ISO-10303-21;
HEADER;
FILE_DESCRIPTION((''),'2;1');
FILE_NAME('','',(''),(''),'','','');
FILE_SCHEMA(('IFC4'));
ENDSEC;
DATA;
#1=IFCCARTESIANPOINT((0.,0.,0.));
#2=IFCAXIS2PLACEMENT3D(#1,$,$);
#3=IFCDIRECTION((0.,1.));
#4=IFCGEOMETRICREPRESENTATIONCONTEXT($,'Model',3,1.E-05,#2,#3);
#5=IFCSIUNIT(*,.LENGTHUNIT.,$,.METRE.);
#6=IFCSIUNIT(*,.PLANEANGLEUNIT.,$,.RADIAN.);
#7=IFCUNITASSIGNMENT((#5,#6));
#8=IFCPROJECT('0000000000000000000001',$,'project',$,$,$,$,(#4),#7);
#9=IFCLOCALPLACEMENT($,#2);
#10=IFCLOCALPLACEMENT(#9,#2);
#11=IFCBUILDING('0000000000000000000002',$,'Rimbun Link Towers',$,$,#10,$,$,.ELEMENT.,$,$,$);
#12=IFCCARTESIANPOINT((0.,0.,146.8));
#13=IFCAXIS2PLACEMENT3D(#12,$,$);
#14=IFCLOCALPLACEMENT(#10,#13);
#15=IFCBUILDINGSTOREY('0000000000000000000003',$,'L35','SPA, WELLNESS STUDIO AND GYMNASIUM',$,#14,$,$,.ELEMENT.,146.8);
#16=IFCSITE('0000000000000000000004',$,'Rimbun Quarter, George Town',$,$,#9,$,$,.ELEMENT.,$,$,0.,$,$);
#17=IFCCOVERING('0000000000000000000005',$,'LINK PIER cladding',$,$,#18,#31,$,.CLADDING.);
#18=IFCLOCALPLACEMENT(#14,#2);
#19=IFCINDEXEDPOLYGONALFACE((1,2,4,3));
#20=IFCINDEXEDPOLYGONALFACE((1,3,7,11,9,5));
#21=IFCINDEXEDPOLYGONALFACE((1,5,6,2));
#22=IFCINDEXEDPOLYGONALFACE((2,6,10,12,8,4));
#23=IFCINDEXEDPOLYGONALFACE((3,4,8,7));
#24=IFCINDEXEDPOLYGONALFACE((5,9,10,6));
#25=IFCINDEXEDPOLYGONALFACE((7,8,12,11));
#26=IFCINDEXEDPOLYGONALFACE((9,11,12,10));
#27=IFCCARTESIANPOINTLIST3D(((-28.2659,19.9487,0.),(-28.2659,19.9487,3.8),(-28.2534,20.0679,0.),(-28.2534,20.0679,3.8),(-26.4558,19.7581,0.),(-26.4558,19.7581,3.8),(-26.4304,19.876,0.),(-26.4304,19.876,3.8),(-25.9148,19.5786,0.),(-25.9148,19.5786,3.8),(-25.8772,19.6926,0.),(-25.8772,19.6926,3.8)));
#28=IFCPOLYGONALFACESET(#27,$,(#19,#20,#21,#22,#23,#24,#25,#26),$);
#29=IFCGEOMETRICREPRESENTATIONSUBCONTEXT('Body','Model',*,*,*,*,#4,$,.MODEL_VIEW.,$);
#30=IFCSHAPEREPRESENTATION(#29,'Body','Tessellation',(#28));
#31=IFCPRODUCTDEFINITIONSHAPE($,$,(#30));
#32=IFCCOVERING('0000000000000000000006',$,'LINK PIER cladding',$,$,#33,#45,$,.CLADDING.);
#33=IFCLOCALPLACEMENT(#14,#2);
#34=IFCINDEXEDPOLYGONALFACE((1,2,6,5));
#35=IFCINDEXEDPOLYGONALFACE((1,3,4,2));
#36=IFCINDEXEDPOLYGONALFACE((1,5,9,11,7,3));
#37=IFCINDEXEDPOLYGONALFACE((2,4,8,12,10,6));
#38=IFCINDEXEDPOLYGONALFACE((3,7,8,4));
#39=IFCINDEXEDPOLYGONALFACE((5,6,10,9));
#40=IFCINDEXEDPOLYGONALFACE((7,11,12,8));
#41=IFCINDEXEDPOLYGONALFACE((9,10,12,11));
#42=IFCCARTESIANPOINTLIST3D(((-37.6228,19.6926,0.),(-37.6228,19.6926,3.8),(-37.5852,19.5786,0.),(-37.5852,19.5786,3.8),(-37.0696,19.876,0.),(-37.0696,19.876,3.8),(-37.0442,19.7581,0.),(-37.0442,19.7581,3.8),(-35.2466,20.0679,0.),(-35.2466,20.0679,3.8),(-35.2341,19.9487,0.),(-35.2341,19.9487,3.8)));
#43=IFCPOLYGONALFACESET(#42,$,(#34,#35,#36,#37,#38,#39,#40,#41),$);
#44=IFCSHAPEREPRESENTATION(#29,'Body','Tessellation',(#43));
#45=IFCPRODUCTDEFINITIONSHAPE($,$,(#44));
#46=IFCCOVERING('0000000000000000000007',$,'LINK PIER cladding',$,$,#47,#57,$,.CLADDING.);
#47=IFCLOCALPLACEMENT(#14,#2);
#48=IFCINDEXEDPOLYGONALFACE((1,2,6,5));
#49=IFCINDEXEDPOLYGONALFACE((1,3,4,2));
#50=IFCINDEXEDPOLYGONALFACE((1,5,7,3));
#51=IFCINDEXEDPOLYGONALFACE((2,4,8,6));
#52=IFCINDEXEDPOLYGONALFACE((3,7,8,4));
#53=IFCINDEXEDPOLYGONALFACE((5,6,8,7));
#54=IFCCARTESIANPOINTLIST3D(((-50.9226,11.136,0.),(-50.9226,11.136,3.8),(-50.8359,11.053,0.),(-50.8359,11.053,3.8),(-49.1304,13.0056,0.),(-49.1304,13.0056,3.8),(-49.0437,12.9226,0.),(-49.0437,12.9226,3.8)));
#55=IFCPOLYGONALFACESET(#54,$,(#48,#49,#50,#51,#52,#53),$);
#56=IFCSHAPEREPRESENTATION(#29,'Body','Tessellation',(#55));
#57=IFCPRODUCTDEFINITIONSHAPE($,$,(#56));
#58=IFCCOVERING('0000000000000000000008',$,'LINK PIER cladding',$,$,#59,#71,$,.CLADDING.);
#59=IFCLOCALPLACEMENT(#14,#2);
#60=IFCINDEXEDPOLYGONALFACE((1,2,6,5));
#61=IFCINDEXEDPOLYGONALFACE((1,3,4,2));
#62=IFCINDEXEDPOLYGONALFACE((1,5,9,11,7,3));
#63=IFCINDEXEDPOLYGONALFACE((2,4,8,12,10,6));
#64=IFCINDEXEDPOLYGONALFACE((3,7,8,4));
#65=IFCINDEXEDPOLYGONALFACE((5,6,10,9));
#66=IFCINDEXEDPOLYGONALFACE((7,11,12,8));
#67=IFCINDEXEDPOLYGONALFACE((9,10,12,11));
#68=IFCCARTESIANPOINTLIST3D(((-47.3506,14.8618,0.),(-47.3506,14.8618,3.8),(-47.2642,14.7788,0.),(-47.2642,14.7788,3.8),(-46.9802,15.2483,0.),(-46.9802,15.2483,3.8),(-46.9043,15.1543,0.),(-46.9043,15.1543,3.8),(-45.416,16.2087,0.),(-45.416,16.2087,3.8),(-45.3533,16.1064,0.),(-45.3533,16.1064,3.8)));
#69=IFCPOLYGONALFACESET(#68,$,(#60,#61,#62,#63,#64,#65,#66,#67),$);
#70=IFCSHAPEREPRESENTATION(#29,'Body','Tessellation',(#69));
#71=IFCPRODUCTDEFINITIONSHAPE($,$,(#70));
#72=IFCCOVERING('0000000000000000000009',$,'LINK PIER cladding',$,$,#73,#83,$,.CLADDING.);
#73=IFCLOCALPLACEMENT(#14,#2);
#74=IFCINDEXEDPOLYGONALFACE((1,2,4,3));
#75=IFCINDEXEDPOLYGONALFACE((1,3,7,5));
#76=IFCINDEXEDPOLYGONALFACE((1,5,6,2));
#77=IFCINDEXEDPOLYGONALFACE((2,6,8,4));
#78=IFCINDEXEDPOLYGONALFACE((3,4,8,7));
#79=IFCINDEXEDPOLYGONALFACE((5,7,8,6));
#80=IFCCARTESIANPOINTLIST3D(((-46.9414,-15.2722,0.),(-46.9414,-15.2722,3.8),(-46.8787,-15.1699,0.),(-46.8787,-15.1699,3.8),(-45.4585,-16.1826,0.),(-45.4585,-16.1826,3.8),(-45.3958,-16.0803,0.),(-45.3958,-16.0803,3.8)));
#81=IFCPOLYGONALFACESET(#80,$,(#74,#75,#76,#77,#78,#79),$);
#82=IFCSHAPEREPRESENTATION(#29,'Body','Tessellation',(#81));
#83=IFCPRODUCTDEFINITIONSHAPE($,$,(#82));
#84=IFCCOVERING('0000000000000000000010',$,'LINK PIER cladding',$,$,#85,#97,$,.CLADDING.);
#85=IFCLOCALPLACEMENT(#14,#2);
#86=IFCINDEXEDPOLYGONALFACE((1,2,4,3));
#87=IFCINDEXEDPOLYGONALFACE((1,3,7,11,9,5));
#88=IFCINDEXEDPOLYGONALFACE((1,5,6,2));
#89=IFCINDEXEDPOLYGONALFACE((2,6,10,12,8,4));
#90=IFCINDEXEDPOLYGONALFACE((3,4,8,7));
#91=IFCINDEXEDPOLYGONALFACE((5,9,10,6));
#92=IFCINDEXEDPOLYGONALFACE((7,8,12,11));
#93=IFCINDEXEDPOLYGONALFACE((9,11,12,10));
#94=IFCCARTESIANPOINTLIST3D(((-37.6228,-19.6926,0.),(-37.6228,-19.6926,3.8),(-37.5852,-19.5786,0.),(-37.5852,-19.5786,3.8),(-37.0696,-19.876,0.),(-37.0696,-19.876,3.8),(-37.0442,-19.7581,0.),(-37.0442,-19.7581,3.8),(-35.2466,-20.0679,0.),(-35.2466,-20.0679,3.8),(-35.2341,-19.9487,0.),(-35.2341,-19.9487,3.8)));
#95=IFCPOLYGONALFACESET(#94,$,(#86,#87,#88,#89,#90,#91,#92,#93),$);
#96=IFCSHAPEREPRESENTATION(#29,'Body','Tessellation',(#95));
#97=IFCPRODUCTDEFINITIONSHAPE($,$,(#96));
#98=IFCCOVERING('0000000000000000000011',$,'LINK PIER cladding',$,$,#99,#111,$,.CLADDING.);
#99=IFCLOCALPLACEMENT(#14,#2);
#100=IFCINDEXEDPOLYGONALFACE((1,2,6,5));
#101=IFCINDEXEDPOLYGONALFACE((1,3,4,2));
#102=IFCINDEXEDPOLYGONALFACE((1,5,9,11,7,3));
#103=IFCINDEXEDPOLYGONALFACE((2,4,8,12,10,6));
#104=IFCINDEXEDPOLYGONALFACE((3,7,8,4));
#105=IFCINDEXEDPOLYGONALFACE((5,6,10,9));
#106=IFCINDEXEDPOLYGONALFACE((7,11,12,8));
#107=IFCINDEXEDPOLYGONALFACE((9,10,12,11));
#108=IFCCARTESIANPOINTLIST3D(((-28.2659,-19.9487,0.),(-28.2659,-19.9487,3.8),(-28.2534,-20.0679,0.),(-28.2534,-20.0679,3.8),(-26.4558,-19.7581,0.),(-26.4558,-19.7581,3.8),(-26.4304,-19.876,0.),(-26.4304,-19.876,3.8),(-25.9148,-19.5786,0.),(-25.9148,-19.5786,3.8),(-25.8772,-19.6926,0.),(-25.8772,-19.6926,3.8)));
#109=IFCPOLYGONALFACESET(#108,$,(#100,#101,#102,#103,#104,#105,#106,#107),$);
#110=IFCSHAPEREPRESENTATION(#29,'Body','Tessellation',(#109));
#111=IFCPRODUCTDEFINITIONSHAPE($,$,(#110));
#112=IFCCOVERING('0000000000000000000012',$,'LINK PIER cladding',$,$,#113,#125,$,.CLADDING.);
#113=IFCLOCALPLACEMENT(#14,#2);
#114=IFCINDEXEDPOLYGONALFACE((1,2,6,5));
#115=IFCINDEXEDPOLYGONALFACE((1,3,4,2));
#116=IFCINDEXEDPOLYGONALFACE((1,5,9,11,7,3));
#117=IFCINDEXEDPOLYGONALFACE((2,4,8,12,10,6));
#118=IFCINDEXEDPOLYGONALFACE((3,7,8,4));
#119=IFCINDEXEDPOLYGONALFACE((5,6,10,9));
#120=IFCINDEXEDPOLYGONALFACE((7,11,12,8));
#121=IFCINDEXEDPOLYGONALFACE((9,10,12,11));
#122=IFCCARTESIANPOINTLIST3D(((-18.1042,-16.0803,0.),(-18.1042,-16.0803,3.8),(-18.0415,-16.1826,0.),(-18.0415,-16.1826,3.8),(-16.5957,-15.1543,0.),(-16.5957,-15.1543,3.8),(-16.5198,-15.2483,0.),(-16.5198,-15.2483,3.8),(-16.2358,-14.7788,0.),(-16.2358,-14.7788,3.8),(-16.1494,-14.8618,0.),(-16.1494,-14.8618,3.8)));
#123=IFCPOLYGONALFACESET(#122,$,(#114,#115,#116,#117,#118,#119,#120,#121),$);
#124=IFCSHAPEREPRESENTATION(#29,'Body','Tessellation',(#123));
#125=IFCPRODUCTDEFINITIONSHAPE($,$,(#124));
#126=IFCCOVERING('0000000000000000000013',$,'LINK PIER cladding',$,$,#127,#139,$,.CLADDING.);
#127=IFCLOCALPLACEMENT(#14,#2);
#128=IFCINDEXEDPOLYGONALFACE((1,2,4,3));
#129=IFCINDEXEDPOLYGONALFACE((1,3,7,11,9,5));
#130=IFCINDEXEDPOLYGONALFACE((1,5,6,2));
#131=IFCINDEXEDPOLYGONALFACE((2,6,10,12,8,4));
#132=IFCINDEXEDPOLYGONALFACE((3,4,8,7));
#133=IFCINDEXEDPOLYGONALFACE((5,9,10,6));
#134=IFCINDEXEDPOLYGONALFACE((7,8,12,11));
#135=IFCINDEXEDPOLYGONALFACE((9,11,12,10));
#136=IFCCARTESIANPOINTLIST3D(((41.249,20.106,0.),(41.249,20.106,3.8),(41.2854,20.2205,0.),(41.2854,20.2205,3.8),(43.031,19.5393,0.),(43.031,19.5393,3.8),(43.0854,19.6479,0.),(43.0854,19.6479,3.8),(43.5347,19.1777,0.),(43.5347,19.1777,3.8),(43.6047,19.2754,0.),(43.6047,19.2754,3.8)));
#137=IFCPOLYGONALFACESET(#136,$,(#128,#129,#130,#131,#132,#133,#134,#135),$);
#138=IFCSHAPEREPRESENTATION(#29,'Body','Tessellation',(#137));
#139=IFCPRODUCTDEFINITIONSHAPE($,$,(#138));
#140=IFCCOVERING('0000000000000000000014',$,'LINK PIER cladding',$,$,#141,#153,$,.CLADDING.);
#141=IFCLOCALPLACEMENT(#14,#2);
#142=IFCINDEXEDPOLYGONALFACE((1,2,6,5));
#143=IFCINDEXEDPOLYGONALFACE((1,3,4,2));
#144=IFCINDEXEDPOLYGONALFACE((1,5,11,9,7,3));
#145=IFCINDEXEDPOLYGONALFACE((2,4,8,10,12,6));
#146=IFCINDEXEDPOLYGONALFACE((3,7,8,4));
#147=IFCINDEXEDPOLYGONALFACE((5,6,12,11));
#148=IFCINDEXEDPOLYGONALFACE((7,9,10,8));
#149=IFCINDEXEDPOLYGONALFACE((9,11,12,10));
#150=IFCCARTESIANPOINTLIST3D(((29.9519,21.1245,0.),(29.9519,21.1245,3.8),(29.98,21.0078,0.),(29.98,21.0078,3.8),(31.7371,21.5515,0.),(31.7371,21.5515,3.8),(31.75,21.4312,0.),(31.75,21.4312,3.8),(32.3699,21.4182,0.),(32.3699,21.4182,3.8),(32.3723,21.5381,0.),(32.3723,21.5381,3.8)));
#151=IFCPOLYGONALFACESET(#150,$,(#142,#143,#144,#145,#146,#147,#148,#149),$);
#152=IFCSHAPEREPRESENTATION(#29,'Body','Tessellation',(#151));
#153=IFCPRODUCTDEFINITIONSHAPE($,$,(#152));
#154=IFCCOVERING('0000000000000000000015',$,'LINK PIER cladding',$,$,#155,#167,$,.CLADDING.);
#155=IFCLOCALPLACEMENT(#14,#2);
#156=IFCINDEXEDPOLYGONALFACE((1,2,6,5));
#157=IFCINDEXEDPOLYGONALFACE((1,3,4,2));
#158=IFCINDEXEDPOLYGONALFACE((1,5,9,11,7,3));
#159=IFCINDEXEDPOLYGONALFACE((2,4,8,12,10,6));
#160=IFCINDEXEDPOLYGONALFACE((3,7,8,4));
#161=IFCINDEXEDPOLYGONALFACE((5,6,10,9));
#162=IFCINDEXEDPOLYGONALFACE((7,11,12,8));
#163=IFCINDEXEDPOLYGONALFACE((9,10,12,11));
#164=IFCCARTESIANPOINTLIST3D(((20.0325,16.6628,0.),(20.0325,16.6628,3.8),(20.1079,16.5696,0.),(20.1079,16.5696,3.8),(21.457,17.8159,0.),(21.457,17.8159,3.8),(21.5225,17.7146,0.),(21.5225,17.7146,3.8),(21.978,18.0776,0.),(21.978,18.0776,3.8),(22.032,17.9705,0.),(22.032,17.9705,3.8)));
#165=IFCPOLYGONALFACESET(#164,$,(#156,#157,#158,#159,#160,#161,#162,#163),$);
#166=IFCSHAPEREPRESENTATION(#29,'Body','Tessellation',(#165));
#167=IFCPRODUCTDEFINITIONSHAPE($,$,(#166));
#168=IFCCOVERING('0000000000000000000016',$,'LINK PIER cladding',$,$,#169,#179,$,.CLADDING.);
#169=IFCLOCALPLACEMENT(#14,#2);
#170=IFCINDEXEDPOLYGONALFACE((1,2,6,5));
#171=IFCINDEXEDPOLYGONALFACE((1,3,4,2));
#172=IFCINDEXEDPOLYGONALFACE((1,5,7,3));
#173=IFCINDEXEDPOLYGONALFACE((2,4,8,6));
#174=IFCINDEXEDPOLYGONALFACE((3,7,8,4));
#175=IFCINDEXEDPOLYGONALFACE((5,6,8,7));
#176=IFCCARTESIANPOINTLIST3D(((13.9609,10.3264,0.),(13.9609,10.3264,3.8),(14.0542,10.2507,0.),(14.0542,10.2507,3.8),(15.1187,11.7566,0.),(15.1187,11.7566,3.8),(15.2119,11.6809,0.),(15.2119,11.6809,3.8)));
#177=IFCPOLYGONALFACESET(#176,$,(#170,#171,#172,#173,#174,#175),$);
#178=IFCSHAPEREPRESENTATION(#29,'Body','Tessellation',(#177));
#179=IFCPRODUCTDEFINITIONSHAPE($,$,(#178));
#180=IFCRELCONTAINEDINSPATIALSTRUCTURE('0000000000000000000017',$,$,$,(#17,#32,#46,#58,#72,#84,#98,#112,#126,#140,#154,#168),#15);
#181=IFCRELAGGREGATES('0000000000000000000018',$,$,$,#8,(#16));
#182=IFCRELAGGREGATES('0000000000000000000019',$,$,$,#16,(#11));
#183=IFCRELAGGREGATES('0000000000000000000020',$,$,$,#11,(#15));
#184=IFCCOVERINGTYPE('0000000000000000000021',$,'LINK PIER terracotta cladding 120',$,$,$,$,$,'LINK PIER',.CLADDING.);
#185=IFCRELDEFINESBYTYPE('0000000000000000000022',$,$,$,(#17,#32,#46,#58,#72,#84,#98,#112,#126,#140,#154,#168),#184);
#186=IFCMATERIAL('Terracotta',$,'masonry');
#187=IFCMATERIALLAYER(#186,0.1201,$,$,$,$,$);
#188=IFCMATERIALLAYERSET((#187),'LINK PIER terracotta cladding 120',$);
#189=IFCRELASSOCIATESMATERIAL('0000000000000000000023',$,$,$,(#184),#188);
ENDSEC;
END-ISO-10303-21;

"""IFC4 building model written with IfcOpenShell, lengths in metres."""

from ifc_helpers import new_model, si_unit, direction, frame, origin, place, context, subcontext, project, spatial, polyline, outline, extrude, material, layer, layer_set, type_object, element, save


model = new_model("IFC4")

# Units and contexts
model_context = context("Model", 3, precision=1e-05, world=origin(), true_north=direction((0.0, 1.0)))
body_context = subcontext(model_context, "Body", "Model", "MODEL_VIEW")
ifc_project = project(units=[si_unit("LENGTHUNIT", "METRE"), si_unit("PLANEANGLEUNIT", "RADIAN")], contexts=[model_context])

# Site, building, storey
site_placement = place(None, origin())
site = spatial("IfcSite", under=ifc_project, at=site_placement, Name="Rimbun Quarter, George Town", CompositionType="ELEMENT", RefElevation=0.0)
building_placement = place(site_placement, origin())
building = spatial("IfcBuilding", under=site, at=building_placement, Name="Rimbun Link Towers", CompositionType="ELEMENT")
storey_placement = place(building_placement, frame((0.0, 0.0, 146.8)))
storey = spatial("IfcBuildingStorey", under=building, at=storey_placement, Name="L35", Description="SPA, WELLNESS STUDIO AND GYMNASIUM", CompositionType="ELEMENT", Elevation=146.8)

# Coverings
ifc_material_1 = material(Name="Terracotta", Category="masonry")
ifc_layer_1 = layer(ifc_material_1, 0.1201)
ifc_layer_set_1 = layer_set([ifc_layer_1], Name="LINK PIER terracotta cladding 120")
covering_type = type_object("IfcCoveringType", Name="LINK PIER terracotta cladding 120", ElementType="LINK PIER", PredefinedType="CLADDING", material=ifc_layer_set_1)
covering_1_placement = place(storey_placement, origin())
element("IfcCovering", 1, at=covering_1_placement, inside=storey, type_object=covering_type, Name="LINK PIER cladding", PredefinedType="CLADDING", context=body_context, shape_type="SweptSolid", body=[
    extrude(outline(polyline([(-28.2659, 19.9487), (-26.4558, 19.7581), (-25.9148, 19.5786), (-25.8772, 19.6926), (-26.4304, 19.876), (-28.2534, 20.0679), (-28.2659, 19.9487)])), origin(), (0.0, 0.0, 1.0), 3.8),
])
covering_2_placement = place(storey_placement, origin())
element("IfcCovering", 2, at=covering_2_placement, inside=storey, type_object=covering_type, Name="LINK PIER cladding", PredefinedType="CLADDING", context=body_context, shape_type="SweptSolid", body=[
    extrude(outline(polyline([(-37.5852, 19.5786), (-37.0442, 19.7581), (-35.2341, 19.9487), (-35.2466, 20.0679), (-37.0696, 19.876), (-37.6228, 19.6926), (-37.5852, 19.5786)])), origin(), (0.0, 0.0, 1.0), 3.8),
])
covering_3_placement = place(storey_placement, origin())
element("IfcCovering", 3, at=covering_3_placement, inside=storey, type_object=covering_type, Name="LINK PIER cladding", PredefinedType="CLADDING", context=body_context, shape_type="SweptSolid", body=[
    extrude(outline(polyline([(-50.8359, 11.053), (-49.0437, 12.9226), (-49.1304, 13.0056), (-50.9226, 11.136), (-50.8359, 11.053)])), origin(), (0.0, 0.0, 1.0), 3.8),
])
covering_4_placement = place(storey_placement, origin())
element("IfcCovering", 4, at=covering_4_placement, inside=storey, type_object=covering_type, Name="LINK PIER cladding", PredefinedType="CLADDING", context=body_context, shape_type="SweptSolid", body=[
    extrude(outline(polyline([(-47.2642, 14.7788), (-46.9043, 15.1543), (-45.3533, 16.1064), (-45.416, 16.2087), (-46.9802, 15.2483), (-47.3506, 14.8618), (-47.2642, 14.7788)])), origin(), (0.0, 0.0, 1.0), 3.8),
])
covering_5_placement = place(storey_placement, origin())
element("IfcCovering", 5, at=covering_5_placement, inside=storey, type_object=covering_type, Name="LINK PIER cladding", PredefinedType="CLADDING", context=body_context, shape_type="SweptSolid", body=[
    extrude(outline(polyline([(-45.3958, -16.0803), (-46.8787, -15.1699), (-46.9414, -15.2722), (-45.4585, -16.1826), (-45.3958, -16.0803)])), origin(), (0.0, 0.0, 1.0), 3.8),
])
covering_6_placement = place(storey_placement, origin())
element("IfcCovering", 6, at=covering_6_placement, inside=storey, type_object=covering_type, Name="LINK PIER cladding", PredefinedType="CLADDING", context=body_context, shape_type="SweptSolid", body=[
    extrude(outline(polyline([(-35.2341, -19.9487), (-37.0442, -19.7581), (-37.5852, -19.5786), (-37.6228, -19.6926), (-37.0696, -19.876), (-35.2466, -20.0679), (-35.2341, -19.9487)])), origin(), (0.0, 0.0, 1.0), 3.8),
])
covering_7_placement = place(storey_placement, origin())
element("IfcCovering", 7, at=covering_7_placement, inside=storey, type_object=covering_type, Name="LINK PIER cladding", PredefinedType="CLADDING", context=body_context, shape_type="SweptSolid", body=[
    extrude(outline(polyline([(-25.9148, -19.5786), (-26.4558, -19.7581), (-28.2659, -19.9487), (-28.2534, -20.0679), (-26.4304, -19.876), (-25.8772, -19.6926), (-25.9148, -19.5786)])), origin(), (0.0, 0.0, 1.0), 3.8),
])
covering_8_placement = place(storey_placement, origin())
element("IfcCovering", 8, at=covering_8_placement, inside=storey, type_object=covering_type, Name="LINK PIER cladding", PredefinedType="CLADDING", context=body_context, shape_type="SweptSolid", body=[
    extrude(outline(polyline([(-16.2358, -14.7788), (-16.5957, -15.1543), (-18.1042, -16.0803), (-18.0415, -16.1826), (-16.5198, -15.2483), (-16.1494, -14.8618), (-16.2358, -14.7788)])), origin(), (0.0, 0.0, 1.0), 3.8),
])
covering_9_placement = place(storey_placement, origin())
element("IfcCovering", 9, at=covering_9_placement, inside=storey, type_object=covering_type, Name="LINK PIER cladding", PredefinedType="CLADDING", context=body_context, shape_type="SweptSolid", body=[
    extrude(outline(polyline([(41.249, 20.106), (43.031, 19.5393), (43.5347, 19.1777), (43.6047, 19.2754), (43.0854, 19.6479), (41.2854, 20.2205), (41.249, 20.106)])), origin(), (0.0, 0.0, 1.0), 3.8),
])
covering_10_placement = place(storey_placement, origin())
element("IfcCovering", 10, at=covering_10_placement, inside=storey, type_object=covering_type, Name="LINK PIER cladding", PredefinedType="CLADDING", context=body_context, shape_type="SweptSolid", body=[
    extrude(outline(polyline([(29.98, 21.0078), (31.75, 21.4312), (32.3699, 21.4182), (32.3723, 21.5381), (31.7371, 21.5515), (29.9519, 21.1245), (29.98, 21.0078)])), origin(), (0.0, 0.0, 1.0), 3.8),
])
covering_11_placement = place(storey_placement, origin())
element("IfcCovering", 11, at=covering_11_placement, inside=storey, type_object=covering_type, Name="LINK PIER cladding", PredefinedType="CLADDING", context=body_context, shape_type="SweptSolid", body=[
    extrude(outline(polyline([(20.1079, 16.5696), (21.5225, 17.7146), (22.032, 17.9705), (21.978, 18.0776), (21.457, 17.8159), (20.0325, 16.6628), (20.1079, 16.5696)])), origin(), (0.0, 0.0, 1.0), 3.8),
])
covering_12_placement = place(storey_placement, origin())
element("IfcCovering", 12, at=covering_12_placement, inside=storey, type_object=covering_type, Name="LINK PIER cladding", PredefinedType="CLADDING", context=body_context, shape_type="SweptSolid", body=[
    extrude(outline(polyline([(14.0542, 10.2507), (15.2119, 11.6809), (15.1187, 11.7566), (13.9609, 10.3264), (14.0542, 10.2507)])), origin(), (0.0, 0.0, 1.0), 3.8),
])

save(model, "model.ifc")
